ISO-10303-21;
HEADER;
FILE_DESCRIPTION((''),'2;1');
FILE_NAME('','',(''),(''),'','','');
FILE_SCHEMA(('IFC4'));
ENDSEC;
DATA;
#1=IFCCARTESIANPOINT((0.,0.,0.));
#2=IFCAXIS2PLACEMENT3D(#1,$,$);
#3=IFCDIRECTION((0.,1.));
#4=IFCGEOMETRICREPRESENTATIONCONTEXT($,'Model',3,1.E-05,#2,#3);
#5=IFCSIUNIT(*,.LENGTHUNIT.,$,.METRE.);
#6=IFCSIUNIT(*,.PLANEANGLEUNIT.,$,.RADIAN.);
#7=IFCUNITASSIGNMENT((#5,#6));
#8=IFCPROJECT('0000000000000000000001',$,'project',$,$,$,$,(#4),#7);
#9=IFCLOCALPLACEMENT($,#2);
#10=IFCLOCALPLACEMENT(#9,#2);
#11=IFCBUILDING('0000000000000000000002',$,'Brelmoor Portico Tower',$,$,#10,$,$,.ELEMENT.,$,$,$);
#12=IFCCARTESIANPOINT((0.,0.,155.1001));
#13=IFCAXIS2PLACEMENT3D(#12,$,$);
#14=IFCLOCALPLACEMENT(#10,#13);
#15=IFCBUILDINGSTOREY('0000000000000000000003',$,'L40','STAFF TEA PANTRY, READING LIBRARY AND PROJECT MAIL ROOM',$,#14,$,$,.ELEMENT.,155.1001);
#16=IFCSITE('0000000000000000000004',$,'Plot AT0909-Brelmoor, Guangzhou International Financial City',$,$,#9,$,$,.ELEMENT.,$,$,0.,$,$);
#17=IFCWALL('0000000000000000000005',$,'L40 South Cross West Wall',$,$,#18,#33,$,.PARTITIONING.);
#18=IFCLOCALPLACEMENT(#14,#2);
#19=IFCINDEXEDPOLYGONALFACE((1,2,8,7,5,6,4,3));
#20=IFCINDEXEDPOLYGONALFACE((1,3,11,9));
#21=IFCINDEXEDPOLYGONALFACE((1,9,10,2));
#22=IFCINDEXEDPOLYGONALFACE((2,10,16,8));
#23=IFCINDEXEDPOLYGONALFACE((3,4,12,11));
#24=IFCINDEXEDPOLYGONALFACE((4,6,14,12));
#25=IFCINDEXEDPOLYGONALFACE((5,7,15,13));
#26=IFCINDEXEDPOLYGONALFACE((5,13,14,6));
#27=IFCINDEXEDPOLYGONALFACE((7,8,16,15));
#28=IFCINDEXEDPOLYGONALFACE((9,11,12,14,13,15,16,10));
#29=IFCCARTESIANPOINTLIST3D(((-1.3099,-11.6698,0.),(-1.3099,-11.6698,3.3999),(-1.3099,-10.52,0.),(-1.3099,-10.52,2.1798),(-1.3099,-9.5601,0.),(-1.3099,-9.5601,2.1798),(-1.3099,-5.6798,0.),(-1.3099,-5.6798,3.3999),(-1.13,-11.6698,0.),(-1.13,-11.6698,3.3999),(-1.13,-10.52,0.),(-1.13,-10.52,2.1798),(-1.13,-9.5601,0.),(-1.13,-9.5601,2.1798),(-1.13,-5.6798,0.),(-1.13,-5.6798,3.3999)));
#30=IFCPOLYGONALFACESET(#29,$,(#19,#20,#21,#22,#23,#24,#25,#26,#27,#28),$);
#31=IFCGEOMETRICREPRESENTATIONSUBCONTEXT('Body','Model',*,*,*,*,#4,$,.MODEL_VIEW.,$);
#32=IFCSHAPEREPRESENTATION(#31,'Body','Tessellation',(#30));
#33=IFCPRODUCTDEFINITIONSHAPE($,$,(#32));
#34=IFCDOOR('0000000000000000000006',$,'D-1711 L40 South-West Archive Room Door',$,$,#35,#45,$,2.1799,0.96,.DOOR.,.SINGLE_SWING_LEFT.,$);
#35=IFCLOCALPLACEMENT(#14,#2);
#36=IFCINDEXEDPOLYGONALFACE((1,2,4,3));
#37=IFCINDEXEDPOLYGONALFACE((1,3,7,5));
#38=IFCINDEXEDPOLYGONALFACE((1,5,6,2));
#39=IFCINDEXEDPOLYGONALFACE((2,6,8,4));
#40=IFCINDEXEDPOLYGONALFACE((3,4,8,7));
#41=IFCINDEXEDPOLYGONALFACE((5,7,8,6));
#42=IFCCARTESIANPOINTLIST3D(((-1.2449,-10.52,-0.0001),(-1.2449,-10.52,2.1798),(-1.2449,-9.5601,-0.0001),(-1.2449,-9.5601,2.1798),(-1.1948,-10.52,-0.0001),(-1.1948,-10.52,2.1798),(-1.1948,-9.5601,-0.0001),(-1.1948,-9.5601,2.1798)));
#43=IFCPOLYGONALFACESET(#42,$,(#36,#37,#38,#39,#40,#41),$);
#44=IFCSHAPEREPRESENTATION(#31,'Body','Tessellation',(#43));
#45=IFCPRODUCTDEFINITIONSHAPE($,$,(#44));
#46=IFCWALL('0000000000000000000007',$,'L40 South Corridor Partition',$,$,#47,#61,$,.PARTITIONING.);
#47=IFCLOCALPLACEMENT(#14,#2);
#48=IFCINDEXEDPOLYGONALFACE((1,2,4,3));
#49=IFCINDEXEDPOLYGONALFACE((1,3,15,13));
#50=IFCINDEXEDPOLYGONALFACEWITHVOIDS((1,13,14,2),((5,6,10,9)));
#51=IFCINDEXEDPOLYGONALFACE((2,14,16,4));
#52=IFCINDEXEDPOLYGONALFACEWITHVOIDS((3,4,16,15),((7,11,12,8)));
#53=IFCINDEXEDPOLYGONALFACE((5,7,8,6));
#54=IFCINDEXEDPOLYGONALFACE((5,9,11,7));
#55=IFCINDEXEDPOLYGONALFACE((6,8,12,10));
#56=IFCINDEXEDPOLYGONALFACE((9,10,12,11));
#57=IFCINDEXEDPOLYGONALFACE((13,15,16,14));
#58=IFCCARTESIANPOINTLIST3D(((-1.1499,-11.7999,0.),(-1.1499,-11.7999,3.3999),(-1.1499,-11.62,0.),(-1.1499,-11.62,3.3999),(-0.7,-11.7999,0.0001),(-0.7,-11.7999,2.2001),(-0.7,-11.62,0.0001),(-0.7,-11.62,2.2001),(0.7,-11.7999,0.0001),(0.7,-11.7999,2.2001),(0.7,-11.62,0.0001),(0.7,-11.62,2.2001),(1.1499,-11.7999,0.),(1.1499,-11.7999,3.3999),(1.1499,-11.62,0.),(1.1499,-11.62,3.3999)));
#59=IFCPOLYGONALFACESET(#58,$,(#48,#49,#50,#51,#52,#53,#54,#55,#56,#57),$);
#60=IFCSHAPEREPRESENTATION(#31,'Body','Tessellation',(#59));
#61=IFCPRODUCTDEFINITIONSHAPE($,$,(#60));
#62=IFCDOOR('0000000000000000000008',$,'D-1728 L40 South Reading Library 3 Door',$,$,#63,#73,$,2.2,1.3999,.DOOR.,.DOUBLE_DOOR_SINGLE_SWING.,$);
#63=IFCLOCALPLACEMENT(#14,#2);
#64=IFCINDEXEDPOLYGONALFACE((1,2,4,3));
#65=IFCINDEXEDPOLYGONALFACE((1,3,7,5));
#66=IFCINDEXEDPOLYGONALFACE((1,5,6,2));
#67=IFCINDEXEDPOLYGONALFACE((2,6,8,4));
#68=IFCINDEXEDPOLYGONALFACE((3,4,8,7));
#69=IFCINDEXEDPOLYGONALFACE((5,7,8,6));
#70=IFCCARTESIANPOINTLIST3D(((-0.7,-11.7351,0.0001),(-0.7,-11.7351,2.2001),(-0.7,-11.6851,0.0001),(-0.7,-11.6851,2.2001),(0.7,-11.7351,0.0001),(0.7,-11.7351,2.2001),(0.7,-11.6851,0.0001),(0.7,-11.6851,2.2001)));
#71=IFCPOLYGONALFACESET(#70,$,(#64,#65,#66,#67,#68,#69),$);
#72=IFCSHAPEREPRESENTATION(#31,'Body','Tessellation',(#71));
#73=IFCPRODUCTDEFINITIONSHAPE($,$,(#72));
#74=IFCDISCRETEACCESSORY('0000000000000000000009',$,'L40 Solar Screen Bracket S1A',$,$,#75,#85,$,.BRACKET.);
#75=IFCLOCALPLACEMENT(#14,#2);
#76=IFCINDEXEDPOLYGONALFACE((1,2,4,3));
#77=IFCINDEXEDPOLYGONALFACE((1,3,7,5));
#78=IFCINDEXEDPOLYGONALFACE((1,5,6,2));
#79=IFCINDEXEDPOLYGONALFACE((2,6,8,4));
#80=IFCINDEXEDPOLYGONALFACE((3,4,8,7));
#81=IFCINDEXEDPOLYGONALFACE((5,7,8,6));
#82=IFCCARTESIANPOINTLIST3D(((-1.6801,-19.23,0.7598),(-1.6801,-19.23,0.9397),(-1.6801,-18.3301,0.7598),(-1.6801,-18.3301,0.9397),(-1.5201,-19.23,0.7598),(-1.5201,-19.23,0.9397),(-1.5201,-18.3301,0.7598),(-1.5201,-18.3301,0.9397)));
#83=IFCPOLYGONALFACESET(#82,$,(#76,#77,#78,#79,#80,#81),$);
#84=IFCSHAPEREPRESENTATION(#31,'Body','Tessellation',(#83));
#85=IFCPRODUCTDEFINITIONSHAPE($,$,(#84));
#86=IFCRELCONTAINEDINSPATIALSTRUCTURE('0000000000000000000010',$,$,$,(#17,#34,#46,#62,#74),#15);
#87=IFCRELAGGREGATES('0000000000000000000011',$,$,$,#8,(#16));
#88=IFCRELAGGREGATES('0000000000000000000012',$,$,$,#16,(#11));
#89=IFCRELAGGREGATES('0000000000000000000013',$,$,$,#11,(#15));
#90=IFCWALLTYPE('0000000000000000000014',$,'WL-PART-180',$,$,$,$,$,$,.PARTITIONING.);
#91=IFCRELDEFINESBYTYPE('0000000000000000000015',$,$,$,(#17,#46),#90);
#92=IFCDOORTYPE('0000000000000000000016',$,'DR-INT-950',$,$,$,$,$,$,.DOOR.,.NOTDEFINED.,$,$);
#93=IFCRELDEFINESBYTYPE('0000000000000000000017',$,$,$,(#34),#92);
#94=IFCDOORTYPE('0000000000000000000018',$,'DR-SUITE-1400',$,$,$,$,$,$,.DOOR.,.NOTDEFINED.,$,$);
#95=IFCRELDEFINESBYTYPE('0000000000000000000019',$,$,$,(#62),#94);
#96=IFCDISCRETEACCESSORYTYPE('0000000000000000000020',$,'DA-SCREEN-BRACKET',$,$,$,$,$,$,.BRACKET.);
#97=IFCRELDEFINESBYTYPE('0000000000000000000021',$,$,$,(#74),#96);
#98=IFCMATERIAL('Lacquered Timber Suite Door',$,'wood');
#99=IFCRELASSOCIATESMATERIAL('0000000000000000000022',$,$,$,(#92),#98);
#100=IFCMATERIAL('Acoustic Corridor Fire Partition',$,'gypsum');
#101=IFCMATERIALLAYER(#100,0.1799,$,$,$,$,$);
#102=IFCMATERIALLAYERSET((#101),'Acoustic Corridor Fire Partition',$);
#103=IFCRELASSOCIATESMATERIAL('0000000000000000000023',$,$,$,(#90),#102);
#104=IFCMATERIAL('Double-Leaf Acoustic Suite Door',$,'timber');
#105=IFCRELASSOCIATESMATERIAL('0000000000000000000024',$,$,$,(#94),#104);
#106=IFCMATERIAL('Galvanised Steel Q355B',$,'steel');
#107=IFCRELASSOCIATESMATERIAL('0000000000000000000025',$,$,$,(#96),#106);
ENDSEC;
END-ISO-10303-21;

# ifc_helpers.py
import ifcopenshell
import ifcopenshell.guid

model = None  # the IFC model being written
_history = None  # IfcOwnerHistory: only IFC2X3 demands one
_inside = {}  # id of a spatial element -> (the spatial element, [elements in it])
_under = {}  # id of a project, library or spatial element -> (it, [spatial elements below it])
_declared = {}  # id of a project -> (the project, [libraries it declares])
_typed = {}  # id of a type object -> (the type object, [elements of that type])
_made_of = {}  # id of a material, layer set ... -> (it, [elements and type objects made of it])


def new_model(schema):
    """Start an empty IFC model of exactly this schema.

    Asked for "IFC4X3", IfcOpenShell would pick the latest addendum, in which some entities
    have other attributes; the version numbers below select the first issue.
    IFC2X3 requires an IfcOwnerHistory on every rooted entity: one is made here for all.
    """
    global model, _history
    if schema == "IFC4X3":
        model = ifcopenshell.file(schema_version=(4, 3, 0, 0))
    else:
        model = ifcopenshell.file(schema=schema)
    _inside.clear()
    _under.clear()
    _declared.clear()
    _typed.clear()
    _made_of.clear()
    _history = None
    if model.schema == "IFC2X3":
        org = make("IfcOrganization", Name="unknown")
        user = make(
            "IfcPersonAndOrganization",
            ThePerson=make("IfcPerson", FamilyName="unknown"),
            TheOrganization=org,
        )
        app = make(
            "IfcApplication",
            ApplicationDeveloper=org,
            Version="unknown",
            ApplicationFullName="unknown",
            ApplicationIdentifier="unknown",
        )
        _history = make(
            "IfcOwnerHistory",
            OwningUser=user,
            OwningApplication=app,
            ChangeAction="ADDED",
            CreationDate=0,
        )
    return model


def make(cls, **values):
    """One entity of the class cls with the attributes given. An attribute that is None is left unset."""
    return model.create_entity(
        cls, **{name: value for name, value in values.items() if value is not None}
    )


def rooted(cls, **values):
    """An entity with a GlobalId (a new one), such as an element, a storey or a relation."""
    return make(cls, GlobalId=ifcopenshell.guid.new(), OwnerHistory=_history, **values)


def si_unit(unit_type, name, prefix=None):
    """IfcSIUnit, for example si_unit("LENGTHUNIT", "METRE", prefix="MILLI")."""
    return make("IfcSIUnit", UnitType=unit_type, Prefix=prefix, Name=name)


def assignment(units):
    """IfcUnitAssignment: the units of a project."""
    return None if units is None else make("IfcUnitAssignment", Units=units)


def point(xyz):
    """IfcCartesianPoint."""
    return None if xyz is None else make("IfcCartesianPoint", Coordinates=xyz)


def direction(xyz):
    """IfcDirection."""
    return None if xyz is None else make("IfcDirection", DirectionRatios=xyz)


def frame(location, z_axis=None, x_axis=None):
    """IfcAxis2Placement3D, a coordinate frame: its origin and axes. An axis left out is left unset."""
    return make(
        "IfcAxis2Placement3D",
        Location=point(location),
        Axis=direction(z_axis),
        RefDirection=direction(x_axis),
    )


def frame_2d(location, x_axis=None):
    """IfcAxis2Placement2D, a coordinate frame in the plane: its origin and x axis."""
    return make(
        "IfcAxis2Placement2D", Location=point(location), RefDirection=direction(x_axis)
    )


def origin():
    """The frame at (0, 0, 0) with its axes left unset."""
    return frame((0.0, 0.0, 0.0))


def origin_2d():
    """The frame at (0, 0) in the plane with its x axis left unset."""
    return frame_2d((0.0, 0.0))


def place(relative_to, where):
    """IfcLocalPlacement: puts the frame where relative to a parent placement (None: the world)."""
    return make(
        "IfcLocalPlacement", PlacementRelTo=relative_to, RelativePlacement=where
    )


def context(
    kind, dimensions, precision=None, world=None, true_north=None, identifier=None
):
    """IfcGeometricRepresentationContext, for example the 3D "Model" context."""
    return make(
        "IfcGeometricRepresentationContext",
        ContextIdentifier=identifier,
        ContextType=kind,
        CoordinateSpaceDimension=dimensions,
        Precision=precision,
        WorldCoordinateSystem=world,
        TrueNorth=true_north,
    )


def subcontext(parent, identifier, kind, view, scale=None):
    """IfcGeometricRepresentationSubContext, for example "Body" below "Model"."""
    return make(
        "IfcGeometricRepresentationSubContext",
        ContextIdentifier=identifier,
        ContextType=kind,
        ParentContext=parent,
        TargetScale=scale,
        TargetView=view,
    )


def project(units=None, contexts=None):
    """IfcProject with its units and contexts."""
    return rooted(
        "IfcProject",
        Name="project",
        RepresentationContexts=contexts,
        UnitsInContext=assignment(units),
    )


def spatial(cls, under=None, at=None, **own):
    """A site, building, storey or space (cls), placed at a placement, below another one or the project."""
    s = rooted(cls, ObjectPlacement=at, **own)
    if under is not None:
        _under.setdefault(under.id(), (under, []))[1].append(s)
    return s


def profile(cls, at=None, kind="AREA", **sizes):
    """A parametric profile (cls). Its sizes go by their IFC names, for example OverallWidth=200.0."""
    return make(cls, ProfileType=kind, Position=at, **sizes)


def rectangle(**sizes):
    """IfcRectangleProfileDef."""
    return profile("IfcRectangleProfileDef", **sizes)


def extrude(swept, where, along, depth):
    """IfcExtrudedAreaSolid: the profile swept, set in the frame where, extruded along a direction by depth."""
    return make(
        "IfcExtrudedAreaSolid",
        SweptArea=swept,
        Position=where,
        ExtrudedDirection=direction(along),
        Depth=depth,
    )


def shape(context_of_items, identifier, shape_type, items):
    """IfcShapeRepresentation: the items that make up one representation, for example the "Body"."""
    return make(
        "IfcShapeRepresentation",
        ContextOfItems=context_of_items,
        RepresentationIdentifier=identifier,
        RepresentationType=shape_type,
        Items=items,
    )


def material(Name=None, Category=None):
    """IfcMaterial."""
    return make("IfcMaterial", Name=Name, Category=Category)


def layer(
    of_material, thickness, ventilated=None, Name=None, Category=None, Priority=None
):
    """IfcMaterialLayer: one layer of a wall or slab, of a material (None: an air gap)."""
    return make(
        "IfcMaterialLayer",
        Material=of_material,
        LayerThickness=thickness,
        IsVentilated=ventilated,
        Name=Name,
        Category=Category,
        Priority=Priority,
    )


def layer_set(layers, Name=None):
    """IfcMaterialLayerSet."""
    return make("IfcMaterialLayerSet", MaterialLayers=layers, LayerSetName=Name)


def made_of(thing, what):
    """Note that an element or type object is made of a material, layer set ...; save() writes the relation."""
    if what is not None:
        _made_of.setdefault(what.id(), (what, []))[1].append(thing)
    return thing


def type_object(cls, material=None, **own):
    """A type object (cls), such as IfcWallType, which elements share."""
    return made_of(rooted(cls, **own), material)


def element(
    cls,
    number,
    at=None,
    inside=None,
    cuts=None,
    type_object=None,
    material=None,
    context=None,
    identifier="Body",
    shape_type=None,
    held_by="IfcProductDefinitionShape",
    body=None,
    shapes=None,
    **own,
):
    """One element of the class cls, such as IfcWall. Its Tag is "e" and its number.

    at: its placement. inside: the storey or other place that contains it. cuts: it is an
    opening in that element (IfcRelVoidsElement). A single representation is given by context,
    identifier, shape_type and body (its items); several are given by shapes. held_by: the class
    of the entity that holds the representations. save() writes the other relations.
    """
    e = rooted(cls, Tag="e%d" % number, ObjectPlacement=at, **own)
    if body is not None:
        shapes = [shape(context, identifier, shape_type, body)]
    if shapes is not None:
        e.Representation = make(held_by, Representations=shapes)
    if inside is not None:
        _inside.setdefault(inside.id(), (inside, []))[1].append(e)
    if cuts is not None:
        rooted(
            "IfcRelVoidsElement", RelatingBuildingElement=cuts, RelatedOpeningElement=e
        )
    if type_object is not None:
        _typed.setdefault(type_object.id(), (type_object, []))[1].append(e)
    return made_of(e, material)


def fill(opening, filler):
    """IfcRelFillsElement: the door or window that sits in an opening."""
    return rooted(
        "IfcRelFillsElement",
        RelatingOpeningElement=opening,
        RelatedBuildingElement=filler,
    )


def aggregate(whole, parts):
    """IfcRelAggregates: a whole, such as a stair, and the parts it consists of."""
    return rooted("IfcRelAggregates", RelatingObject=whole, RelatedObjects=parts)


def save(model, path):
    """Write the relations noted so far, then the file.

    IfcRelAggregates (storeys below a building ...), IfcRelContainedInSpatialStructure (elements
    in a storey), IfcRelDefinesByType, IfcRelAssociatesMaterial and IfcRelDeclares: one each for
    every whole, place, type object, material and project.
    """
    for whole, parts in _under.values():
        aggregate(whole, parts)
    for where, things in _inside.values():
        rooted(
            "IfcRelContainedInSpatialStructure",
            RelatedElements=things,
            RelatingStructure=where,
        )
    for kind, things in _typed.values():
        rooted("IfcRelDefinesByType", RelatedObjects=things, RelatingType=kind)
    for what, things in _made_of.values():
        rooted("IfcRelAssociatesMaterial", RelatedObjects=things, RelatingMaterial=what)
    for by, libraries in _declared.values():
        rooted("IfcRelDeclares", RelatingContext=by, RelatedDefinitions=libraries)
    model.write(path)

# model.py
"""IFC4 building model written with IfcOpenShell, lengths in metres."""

from ifc_helpers import new_model, si_unit, direction, frame, frame_2d, origin, origin_2d, place, context, subcontext, project, spatial, rectangle, extrude, material, layer, layer_set, type_object, element, fill, save


model = new_model("IFC4")

# Units and contexts
model_context = context("Model", 3, precision=1e-05, world=origin(), true_north=direction((0.0, 1.0)))
body_context = subcontext(model_context, "Body", "Model", "MODEL_VIEW")
ifc_project = project(units=[si_unit("LENGTHUNIT", "METRE"), si_unit("PLANEANGLEUNIT", "RADIAN")], contexts=[model_context])

# Site, building, storey
site_placement = place(None, origin())
site = spatial("IfcSite", under=ifc_project, at=site_placement, Name="Plot AT0909-Brelmoor, Guangzhou International Financial City", CompositionType="ELEMENT", RefElevation=0.0)
building_placement = place(site_placement, origin())
building = spatial("IfcBuilding", under=site, at=building_placement, Name="Brelmoor Portico Tower", CompositionType="ELEMENT")
storey_placement = place(building_placement, frame((0.0, 0.0, 155.1001)))
storey = spatial("IfcBuildingStorey", under=building, at=storey_placement, Name="L40", Description="STAFF TEA PANTRY, READING LIBRARY AND PROJECT MAIL ROOM", CompositionType="ELEMENT", Elevation=155.1001)

# Walls, openings, doors
ifc_material_1 = material(Name="Lacquered Timber Suite Door", Category="wood")
door_type_1 = type_object("IfcDoorType", Name="DR-INT-950", OperationType="NOTDEFINED", PredefinedType="DOOR", material=ifc_material_1)
ifc_material_2 = material(Name="Acoustic Corridor Fire Partition", Category="gypsum")
ifc_layer_1 = layer(ifc_material_2, 0.1799)
ifc_layer_set_1 = layer_set([ifc_layer_1], Name="Acoustic Corridor Fire Partition")
wall_type_1 = type_object("IfcWallType", Name="WL-PART-180", PredefinedType="PARTITIONING", material=ifc_layer_set_1)
wall_1_placement = place(storey_placement, frame((-1.22, -11.6699, 0.0), z_axis=(0.0, 0.0, 1.0), x_axis=(0.0, 1.0, 0.0)))
wall_1 = element("IfcWall", 1, at=wall_1_placement, inside=storey, type_object=wall_type_1, Name="L40 South Cross West Wall", PredefinedType="PARTITIONING", context=body_context, shape_type="SweptSolid", body=[
    extrude(rectangle(XDim=5.99, YDim=0.1799, at=frame_2d((2.9951, 0.0))), origin(), (0.0, 0.0, 1.0), 3.3999),
])
opening_1_placement = place(wall_1_placement, frame((1.1499, 0.0, 0.0)))
opening_1 = element("IfcOpeningElement", 2, at=opening_1_placement, cuts=wall_1, PredefinedType="OPENING", context=body_context, shape_type="SweptSolid", body=[
    extrude(rectangle(XDim=0.96, YDim=2.1799, at=frame_2d((0.48, 1.0898))), frame((0.0, 0.0999, 0.0), z_axis=(0.0, -1.0, 0.0), x_axis=(1.0, 0.0, 0.0)), (0.0, 0.0, 1.0), 0.2),
])
door_1_placement = place(opening_1_placement, origin())
door_1 = element("IfcDoor", 3, at=door_1_placement, inside=storey, type_object=door_type_1, Name="D-1711 L40 South-West Archive Room Door", OperationType="SINGLE_SWING_LEFT", OverallHeight=2.1799, OverallWidth=0.96, PredefinedType="DOOR", context=body_context, shape_type="SweptSolid", body=[
    extrude(rectangle(XDim=0.96, YDim=2.1799, at=frame_2d((0.48, 1.0898))), frame((0.0, 0.0249, 0.0), z_axis=(0.0, -1.0, 0.0), x_axis=(1.0, 0.0, 0.0)), (0.0, 0.0, 1.0), 0.05),
])
fill(opening_1, door_1)
wall_2_placement = place(storey_placement, frame((-1.1499, -11.71, 0.0), z_axis=(0.0, 0.0, 1.0), x_axis=(1.0, 0.0, 0.0)))
wall_2 = element("IfcWall", 4, at=wall_2_placement, inside=storey, type_object=wall_type_1, Name="L40 South Corridor Partition", PredefinedType="PARTITIONING", context=body_context, shape_type="SweptSolid", body=[
    extrude(rectangle(XDim=2.2998, YDim=0.1799, at=frame_2d((1.1499, 0.0))), origin(), (0.0, 0.0, 1.0), 3.3999),
])
opening_2_placement = place(wall_2_placement, frame((0.45, 0.0, 0.0)))
opening_2 = element("IfcOpeningElement", 5, at=opening_2_placement, cuts=wall_2, PredefinedType="OPENING", context=body_context, shape_type="SweptSolid", body=[
    extrude(rectangle(XDim=1.3999, YDim=2.2, at=frame_2d((0.7, 1.1001))), frame((0.0, 0.0999, 0.0), z_axis=(0.0, -1.0, 0.0), x_axis=(1.0, 0.0, 0.0)), (0.0, 0.0, 1.0), 0.2),
])
ifc_material_3 = material(Name="Double-Leaf Acoustic Suite Door", Category="timber")
door_type_2 = type_object("IfcDoorType", Name="DR-SUITE-1400", OperationType="NOTDEFINED", PredefinedType="DOOR", material=ifc_material_3)
door_2_placement = place(opening_2_placement, origin())
door_2 = element("IfcDoor", 6, at=door_2_placement, inside=storey, type_object=door_type_2, Name="D-1728 L40 South Reading Library 3 Door", OperationType="DOUBLE_DOOR_SINGLE_SWING", OverallHeight=2.2, OverallWidth=1.3999, PredefinedType="DOOR", context=body_context, shape_type="SweptSolid", body=[
    extrude(rectangle(XDim=1.3999, YDim=2.2, at=frame_2d((0.7, 1.1001))), frame((0.0, 0.0249, 0.0), z_axis=(0.0, -1.0, 0.0), x_axis=(1.0, 0.0, 0.0)), (0.0, 0.0, 1.0), 0.05),
])
fill(opening_2, door_2)

# Discrete accessory
ifc_material_4 = material(Name="Galvanised Steel Q355B", Category="steel")
discrete_accessory_type = type_object("IfcDiscreteAccessoryType", Name="DA-SCREEN-BRACKET", PredefinedType="BRACKET", material=ifc_material_4)
discrete_accessory_placement = place(storey_placement, frame((-1.6001, -18.78, 0.7598), z_axis=(0.0, 0.0, 1.0), x_axis=(1.0, 0.0, 0.0)))
element("IfcDiscreteAccessory", 7, at=discrete_accessory_placement, inside=storey, type_object=discrete_accessory_type, Name="L40 Solar Screen Bracket S1A", PredefinedType="BRACKET", context=body_context, shape_type="SweptSolid", body=[
    extrude(rectangle(XDim=0.1599, YDim=0.8999, at=origin_2d()), origin(), (0.0, 0.0, 1.0), 0.1799),
])

save(model, "model.ifc")
